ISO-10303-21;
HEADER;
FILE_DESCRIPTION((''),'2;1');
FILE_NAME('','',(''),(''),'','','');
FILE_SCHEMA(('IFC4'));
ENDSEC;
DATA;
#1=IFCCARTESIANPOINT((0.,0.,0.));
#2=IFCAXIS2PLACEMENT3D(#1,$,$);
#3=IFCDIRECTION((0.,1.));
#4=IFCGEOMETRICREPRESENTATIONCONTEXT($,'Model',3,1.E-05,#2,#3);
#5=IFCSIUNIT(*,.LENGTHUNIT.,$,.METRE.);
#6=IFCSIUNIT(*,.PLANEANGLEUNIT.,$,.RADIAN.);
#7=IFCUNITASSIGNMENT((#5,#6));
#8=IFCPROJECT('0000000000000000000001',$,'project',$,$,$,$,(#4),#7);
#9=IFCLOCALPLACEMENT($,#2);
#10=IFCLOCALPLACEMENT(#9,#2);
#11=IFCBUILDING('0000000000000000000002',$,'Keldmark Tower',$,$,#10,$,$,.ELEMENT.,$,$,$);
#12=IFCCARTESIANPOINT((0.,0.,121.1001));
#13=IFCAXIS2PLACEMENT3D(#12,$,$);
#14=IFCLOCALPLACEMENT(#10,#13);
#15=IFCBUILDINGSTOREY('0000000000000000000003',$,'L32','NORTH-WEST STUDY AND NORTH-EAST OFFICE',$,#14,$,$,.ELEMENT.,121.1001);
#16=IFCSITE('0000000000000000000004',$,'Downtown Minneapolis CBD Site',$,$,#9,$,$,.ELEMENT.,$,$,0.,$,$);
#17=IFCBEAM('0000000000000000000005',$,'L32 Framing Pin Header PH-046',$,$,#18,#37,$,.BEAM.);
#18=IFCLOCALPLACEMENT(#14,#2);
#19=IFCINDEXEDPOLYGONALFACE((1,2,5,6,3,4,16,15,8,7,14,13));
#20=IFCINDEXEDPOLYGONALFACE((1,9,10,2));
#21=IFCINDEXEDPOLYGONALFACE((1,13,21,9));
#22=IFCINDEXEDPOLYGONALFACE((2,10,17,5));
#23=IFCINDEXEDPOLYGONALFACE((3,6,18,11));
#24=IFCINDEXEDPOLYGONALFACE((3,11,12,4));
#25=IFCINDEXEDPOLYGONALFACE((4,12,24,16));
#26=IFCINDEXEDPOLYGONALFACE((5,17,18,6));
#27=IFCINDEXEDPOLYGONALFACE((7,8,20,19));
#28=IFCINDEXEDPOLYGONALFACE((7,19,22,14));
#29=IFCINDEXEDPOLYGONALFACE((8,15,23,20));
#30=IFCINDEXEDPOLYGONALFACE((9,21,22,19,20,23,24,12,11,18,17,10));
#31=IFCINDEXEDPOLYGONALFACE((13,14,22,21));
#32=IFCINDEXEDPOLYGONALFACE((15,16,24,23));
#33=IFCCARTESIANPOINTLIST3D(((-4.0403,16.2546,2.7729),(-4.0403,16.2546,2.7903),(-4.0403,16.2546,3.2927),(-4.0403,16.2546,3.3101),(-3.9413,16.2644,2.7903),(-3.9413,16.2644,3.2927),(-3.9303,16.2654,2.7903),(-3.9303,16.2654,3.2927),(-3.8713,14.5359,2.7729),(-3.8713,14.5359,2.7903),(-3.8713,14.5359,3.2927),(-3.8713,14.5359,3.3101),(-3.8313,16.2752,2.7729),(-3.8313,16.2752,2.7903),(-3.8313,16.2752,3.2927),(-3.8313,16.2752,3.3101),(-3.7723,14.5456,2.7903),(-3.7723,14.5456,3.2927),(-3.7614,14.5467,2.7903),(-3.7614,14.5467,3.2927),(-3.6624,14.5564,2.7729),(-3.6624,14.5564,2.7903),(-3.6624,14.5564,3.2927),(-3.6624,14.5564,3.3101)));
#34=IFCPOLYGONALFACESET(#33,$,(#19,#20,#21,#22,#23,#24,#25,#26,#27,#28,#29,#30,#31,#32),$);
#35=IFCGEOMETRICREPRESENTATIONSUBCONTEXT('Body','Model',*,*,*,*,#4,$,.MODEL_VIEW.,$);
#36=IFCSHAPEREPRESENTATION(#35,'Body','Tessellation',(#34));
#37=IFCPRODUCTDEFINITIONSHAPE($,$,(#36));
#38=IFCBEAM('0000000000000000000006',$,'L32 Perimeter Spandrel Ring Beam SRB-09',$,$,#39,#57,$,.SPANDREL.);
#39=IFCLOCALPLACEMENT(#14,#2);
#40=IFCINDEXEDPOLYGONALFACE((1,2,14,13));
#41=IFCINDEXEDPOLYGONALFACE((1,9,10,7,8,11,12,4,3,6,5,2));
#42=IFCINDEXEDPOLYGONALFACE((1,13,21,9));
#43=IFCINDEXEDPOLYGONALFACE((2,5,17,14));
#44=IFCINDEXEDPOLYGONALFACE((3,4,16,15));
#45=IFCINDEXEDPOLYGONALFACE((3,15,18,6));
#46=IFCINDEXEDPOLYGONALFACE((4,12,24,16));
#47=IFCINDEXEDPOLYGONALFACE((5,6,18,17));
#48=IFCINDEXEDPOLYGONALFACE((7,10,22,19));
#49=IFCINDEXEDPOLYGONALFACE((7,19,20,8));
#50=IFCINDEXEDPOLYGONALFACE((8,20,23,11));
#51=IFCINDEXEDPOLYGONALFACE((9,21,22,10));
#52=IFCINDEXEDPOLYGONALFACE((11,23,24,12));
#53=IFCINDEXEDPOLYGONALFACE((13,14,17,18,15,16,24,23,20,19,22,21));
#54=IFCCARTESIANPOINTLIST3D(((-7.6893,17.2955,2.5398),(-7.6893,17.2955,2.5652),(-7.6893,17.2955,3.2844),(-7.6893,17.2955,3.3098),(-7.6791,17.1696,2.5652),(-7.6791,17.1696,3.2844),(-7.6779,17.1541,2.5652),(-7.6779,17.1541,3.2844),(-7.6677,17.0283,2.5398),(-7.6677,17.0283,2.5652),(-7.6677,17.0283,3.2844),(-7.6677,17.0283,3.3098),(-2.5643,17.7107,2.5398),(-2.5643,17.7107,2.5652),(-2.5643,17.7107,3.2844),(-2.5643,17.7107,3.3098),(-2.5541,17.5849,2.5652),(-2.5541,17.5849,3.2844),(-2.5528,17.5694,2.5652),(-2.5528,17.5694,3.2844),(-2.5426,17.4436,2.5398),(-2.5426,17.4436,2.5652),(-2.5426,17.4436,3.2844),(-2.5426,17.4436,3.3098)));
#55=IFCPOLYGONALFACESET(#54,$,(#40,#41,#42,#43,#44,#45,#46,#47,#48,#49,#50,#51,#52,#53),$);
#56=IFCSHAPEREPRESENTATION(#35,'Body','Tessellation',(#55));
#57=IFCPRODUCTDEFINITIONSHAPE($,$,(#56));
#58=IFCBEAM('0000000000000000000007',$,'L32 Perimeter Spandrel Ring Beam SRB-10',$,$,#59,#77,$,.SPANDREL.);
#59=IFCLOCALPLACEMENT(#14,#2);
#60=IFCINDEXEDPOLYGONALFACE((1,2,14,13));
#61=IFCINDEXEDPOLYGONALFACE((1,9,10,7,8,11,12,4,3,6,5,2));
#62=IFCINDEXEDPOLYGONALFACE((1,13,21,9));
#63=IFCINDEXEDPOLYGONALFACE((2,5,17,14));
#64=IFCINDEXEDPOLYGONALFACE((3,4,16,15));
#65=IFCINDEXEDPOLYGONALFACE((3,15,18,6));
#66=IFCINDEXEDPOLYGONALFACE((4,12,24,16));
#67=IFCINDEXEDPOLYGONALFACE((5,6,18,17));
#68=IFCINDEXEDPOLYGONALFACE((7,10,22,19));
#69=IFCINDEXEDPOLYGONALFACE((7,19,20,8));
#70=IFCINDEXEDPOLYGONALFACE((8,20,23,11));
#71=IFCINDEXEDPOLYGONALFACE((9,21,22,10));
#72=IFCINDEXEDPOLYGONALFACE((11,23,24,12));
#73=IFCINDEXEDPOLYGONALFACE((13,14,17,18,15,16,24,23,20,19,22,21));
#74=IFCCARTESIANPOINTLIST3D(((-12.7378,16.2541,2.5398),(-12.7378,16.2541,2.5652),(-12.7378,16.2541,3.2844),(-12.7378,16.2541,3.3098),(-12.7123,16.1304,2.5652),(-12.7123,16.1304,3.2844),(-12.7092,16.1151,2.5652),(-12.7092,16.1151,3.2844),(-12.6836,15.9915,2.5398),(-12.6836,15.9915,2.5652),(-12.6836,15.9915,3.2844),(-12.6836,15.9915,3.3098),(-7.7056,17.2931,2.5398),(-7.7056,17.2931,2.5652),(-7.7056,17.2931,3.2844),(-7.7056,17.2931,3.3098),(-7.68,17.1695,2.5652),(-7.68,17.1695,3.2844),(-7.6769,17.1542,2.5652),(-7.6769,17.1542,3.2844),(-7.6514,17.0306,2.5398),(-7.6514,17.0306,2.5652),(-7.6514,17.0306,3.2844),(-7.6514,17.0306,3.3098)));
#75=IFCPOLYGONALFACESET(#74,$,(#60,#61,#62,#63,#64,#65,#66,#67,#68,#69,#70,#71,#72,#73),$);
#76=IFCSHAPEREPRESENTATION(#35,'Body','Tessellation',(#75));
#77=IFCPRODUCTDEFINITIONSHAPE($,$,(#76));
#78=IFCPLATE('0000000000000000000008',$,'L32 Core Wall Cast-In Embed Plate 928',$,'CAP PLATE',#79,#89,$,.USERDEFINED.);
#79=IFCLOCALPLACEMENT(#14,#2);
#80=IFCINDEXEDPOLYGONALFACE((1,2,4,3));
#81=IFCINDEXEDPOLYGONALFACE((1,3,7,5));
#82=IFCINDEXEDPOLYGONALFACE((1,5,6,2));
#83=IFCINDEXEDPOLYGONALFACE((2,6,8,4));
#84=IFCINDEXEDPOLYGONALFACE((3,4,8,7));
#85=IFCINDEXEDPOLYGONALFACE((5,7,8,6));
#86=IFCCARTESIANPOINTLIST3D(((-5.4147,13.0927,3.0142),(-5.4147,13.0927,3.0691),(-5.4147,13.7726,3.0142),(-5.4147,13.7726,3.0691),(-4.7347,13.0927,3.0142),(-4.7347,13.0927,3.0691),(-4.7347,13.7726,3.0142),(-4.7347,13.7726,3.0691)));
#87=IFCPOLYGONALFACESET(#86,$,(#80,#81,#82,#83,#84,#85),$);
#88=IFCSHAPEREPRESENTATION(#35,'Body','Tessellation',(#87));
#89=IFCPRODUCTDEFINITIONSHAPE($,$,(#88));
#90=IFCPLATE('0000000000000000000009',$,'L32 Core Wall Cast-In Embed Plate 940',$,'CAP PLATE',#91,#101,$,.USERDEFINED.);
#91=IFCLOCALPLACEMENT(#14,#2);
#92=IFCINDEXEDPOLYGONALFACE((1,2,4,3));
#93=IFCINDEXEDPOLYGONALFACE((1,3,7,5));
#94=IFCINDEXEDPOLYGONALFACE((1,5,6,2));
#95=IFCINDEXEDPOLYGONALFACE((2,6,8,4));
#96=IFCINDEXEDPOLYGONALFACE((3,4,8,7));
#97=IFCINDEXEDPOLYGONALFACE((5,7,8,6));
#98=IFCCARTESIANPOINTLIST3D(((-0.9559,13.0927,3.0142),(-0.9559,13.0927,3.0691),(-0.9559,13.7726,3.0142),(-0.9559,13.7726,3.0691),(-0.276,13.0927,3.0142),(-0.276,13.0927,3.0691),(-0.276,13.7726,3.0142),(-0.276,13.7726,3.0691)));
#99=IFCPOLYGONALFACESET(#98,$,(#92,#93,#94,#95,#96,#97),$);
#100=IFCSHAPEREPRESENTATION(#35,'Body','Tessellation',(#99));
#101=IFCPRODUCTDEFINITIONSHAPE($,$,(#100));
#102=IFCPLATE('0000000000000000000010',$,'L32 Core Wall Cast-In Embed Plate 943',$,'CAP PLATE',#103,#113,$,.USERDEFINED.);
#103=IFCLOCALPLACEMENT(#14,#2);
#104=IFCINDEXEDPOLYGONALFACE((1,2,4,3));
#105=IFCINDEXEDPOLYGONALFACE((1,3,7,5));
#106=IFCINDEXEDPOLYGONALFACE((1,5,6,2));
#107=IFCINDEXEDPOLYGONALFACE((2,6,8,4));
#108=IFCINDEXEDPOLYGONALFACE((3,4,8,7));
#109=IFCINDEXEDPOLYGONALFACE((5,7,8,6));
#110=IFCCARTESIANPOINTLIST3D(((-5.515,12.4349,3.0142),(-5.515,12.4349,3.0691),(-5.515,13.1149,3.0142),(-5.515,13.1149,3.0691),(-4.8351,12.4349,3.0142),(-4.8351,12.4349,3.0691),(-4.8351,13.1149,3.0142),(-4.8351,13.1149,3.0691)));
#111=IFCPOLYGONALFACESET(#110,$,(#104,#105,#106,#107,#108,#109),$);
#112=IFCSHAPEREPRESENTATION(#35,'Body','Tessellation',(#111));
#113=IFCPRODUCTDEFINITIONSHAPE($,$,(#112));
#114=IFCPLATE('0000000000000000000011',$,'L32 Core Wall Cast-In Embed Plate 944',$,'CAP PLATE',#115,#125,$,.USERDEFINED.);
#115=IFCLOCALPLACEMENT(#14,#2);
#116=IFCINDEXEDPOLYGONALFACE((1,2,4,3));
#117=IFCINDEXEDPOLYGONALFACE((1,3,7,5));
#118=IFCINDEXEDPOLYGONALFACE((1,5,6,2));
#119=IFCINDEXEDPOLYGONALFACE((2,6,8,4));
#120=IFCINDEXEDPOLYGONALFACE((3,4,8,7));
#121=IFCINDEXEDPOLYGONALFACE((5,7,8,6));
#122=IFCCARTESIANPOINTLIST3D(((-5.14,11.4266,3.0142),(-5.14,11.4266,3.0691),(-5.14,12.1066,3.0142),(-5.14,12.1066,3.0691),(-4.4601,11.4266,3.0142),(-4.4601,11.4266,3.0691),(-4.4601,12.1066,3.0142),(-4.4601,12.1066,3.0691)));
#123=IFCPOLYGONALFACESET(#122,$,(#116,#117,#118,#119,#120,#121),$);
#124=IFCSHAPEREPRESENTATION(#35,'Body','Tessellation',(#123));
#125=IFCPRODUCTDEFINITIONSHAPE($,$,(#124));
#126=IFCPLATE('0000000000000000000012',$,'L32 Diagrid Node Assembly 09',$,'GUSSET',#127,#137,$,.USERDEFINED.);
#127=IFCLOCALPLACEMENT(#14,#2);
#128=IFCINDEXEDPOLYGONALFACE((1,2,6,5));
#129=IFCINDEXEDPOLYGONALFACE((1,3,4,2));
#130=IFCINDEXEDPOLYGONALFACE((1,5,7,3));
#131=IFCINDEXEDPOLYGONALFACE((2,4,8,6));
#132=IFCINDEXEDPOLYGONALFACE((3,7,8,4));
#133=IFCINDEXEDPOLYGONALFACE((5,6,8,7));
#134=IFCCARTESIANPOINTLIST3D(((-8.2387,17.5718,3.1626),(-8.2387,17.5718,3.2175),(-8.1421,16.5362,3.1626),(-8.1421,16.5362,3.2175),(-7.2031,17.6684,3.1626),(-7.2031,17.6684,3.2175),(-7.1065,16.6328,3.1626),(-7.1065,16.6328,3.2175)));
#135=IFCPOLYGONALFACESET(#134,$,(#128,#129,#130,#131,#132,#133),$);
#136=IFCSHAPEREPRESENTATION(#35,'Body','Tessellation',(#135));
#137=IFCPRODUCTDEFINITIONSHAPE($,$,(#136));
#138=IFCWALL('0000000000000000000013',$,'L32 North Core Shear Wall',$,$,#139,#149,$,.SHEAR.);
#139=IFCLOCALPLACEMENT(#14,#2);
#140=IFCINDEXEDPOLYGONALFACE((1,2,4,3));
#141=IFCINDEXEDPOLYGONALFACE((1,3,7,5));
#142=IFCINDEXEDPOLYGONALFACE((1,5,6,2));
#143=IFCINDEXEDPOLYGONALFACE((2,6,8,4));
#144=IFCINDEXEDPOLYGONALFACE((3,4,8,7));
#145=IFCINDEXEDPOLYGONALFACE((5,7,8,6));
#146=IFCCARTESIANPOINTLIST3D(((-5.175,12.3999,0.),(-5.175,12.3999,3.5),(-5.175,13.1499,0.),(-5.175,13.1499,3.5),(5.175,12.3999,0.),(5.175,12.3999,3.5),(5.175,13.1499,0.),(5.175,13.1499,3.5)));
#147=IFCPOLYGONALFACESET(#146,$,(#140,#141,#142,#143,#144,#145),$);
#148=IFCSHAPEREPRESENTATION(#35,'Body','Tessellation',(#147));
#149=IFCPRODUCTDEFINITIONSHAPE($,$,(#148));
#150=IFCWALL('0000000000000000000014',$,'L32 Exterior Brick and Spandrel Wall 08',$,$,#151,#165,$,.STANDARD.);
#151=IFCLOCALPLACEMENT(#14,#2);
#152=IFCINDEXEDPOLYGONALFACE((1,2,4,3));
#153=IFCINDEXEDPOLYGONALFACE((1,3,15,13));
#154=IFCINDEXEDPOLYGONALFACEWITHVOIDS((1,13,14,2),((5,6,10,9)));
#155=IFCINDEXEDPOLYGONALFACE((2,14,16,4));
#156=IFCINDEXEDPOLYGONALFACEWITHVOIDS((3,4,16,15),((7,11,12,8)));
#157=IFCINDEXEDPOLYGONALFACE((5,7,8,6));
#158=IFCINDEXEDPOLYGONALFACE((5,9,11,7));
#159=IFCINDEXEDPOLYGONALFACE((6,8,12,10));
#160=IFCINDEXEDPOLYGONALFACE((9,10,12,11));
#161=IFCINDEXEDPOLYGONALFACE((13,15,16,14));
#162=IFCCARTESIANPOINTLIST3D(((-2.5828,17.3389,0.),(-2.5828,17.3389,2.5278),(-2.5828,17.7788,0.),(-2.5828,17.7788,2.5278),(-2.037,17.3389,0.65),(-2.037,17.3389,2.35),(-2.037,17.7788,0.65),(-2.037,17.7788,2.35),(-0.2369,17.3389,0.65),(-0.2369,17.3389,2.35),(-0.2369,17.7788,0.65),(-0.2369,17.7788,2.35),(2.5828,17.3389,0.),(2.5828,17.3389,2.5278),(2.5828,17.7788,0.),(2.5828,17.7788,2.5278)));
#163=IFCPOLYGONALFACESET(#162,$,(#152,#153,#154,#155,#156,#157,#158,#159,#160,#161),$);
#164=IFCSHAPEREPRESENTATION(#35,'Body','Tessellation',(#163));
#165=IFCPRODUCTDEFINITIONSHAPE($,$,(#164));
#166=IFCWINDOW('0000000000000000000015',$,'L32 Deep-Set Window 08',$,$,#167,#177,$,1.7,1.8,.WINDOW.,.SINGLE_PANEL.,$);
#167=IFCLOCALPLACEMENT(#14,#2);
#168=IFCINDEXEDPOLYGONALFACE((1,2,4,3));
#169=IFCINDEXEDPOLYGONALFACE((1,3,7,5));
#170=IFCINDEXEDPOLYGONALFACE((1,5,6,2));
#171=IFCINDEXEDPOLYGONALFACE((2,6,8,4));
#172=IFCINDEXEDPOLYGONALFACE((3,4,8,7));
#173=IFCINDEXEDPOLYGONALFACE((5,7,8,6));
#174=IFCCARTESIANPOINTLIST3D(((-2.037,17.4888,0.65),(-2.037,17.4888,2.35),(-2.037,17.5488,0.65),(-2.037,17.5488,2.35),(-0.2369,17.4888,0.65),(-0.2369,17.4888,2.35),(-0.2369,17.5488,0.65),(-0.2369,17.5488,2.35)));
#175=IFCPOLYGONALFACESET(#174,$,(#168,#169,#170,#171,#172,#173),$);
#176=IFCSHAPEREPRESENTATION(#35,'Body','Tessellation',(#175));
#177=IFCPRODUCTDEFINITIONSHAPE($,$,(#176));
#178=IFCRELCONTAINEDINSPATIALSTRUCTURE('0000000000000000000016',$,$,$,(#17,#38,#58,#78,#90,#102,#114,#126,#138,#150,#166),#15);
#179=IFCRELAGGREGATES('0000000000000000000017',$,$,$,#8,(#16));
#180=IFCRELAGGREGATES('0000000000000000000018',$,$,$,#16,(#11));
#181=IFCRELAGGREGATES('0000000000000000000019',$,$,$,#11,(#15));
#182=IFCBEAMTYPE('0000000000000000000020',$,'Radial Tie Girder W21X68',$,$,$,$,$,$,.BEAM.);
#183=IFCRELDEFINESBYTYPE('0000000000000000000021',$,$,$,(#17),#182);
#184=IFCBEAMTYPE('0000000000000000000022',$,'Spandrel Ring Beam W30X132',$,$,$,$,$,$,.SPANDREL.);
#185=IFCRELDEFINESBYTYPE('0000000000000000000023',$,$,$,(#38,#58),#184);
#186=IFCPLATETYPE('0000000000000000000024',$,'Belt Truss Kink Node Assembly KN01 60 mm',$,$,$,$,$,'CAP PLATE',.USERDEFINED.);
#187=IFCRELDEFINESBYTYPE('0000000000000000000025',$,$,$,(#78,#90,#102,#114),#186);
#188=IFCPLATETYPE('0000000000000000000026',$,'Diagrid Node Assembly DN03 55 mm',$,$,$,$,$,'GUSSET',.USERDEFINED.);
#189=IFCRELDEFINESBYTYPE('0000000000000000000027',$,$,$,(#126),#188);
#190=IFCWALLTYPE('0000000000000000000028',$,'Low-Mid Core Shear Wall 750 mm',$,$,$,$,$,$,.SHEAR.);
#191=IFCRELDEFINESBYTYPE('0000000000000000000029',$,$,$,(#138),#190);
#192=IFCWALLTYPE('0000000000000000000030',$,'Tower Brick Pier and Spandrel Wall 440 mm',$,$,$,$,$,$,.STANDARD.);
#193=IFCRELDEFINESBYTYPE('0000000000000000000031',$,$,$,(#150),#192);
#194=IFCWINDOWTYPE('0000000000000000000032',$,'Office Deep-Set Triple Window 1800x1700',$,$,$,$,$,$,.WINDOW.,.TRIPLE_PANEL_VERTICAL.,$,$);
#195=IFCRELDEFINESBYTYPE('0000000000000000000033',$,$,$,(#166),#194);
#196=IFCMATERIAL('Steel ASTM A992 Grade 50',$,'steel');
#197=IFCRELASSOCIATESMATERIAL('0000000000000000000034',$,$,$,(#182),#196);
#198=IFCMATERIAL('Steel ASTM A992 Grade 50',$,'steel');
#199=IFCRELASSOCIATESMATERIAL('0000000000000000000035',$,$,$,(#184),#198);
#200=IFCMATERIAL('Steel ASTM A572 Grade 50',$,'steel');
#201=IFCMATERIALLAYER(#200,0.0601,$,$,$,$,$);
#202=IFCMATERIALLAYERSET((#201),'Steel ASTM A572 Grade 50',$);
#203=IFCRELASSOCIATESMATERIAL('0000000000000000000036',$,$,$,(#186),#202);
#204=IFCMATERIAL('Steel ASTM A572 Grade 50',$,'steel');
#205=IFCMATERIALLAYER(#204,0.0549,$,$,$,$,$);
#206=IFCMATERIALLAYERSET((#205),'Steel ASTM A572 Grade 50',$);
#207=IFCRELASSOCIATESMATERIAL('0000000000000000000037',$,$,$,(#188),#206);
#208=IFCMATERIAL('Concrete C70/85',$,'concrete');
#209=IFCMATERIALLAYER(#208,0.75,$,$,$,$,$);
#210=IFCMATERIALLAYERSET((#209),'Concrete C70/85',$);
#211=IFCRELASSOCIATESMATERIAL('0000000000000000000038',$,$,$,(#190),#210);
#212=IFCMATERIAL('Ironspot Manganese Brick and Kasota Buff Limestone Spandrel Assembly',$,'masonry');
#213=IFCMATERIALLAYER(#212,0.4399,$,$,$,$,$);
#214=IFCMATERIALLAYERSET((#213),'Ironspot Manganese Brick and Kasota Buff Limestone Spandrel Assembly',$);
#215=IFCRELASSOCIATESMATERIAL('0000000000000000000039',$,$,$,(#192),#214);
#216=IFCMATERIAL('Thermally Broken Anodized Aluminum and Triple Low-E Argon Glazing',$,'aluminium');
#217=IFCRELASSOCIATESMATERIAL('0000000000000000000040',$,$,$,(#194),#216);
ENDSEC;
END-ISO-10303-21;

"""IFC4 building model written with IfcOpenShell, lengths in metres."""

from ifc_helpers import new_model, si_unit, direction, frame, frame_2d, origin, origin_2d, place, context, subcontext, project, spatial, rectangle, i_section, extrude, material, layer, layer_set, material_profile, profile_set, type_object, element, fill, save


model = new_model("IFC4")

# Units and contexts
model_context = context("Model", 3, precision=1e-05, world=origin(), true_north=direction((0.0, 1.0)))
body_context = subcontext(model_context, "Body", "Model", "MODEL_VIEW")
ifc_project = project(units=[si_unit("LENGTHUNIT", "METRE"), si_unit("PLANEANGLEUNIT", "RADIAN")], contexts=[model_context])

# Site, building, storey
site_placement = place(None, origin())
site = spatial("IfcSite", under=ifc_project, at=site_placement, Name="Downtown Minneapolis CBD Site", CompositionType="ELEMENT", RefElevation=0.0)
building_placement = place(site_placement, origin())
building = spatial("IfcBuilding", under=site, at=building_placement, Name="Keldmark Tower", CompositionType="ELEMENT")
storey_placement = place(building_placement, frame((0.0, 0.0, 121.1001)))
storey = spatial("IfcBuildingStorey", under=building, at=storey_placement, Name="L32", Description="NORTH-WEST STUDY AND NORTH-EAST OFFICE", CompositionType="ELEMENT", Elevation=121.1001)

# Beams
ifc_material_1 = material(Name="Steel ASTM A992 Grade 50", Category="steel")
ifc_material_profile_1 = material_profile(ifc_material_1, i_section(OverallWidth=0.21, OverallDepth=0.5371, WebThickness=0.011, FlangeThickness=0.0173, at=origin_2d()), Name="W21X68")
ifc_profile_set_1 = profile_set([ifc_material_profile_1], Name="Steel ASTM A992 Grade 50")
beam_type_1 = type_object("IfcBeamType", Name="Radial Tie Girder W21X68", PredefinedType="BEAM", material=ifc_profile_set_1)
beam_1_placement = place(storey_placement, frame((-3.7668, 14.5461, 3.0415), z_axis=(-0.097824, 0.995204, 0.0), x_axis=(-0.995204, -0.097824, 0.0)))
element("IfcBeam", 1, at=beam_1_placement, inside=storey, type_object=beam_type_1, Name="L32 Framing Pin Header PH-046", PredefinedType="BEAM", context=body_context, shape_type="SweptSolid", body=[
    extrude(i_section(OverallWidth=0.21, OverallDepth=0.5371, WebThickness=0.011, FlangeThickness=0.0173, at=origin_2d()), origin(), (0.0, 0.0, 1.0), 1.7271),
])
ifc_material_2 = material(Name="Steel ASTM A992 Grade 50", Category="steel")
ifc_material_profile_2 = material_profile(ifc_material_2, i_section(OverallWidth=0.2681, OverallDepth=0.77, WebThickness=0.0156, FlangeThickness=0.0254, at=origin_2d()), Name="W30X132")
ifc_profile_set_2 = profile_set([ifc_material_profile_2], Name="Steel ASTM A992 Grade 50")
beam_type_2 = type_object("IfcBeamType", Name="Spandrel Ring Beam W30X132", PredefinedType="SPANDREL", material=ifc_profile_set_2)
beam_2_placement = place(storey_placement, frame((-2.5535, 17.5771, 2.9248), z_axis=(-0.996733, -0.080766, 0.0), x_axis=(0.080766, -0.996733, 0.0)))
element("IfcBeam", 2, at=beam_2_placement, inside=storey, type_object=beam_type_2, Name="L32 Perimeter Spandrel Ring Beam SRB-09", PredefinedType="SPANDREL", context=body_context, shape_type="SweptSolid", body=[
    extrude(i_section(OverallWidth=0.2681, OverallDepth=0.77, WebThickness=0.0156, FlangeThickness=0.0254, at=origin_2d()), origin(), (0.0, 0.0, 1.0), 5.1418),
])
beam_3_placement = place(storey_placement, frame((-7.6785, 17.1619, 2.9248), z_axis=(-0.979341, -0.202216, 0.0), x_axis=(0.202216, -0.979341, 0.0)))
element("IfcBeam", 3, at=beam_3_placement, inside=storey, type_object=beam_type_2, Name="L32 Perimeter Spandrel Ring Beam SRB-10", PredefinedType="SPANDREL", context=body_context, shape_type="SweptSolid", body=[
    extrude(i_section(OverallWidth=0.2681, OverallDepth=0.77, WebThickness=0.0156, FlangeThickness=0.0254, at=origin_2d()), origin(), (0.0, 0.0, 1.0), 5.1384),
])

# Plates
ifc_material_3 = material(Name="Steel ASTM A572 Grade 50", Category="steel")
ifc_layer_1 = layer(ifc_material_3, 0.0601)
ifc_layer_set_1 = layer_set([ifc_layer_1], Name="Steel ASTM A572 Grade 50")
plate_type_1 = type_object("IfcPlateType", Name="Belt Truss Kink Node Assembly KN01 60 mm", ElementType="CAP PLATE", PredefinedType="USERDEFINED", material=ifc_layer_set_1)
for number, where, z_axis, x_axis, name in (
    (4, (-5.0747, 13.4326, 3.0142), (0.0, 0.0, 1.0), (1.0, 0.0, 0.0), "L32 Core Wall Cast-In Embed Plate 928"),
    (5, (-0.616, 13.4326, 3.0142), (0.0, 0.0, 1.0), (1.0, 0.0, 0.0), "L32 Core Wall Cast-In Embed Plate 940"),
    (6, (-5.175, 12.7749, 3.0142), (0.0, 0.0, 1.0), (1.0, 0.0, 0.0), "L32 Core Wall Cast-In Embed Plate 943"),
    (7, (-4.8, 11.7666, 3.0142), (0.0, 0.0, 1.0), (1.0, 0.0, 0.0), "L32 Core Wall Cast-In Embed Plate 944"),
):
    element("IfcPlate", number, at=place(storey_placement, frame(where, z_axis=z_axis, x_axis=x_axis)), inside=storey, type_object=plate_type_1, Name=name, ObjectType="CAP PLATE", PredefinedType="USERDEFINED", context=body_context, shape_type="SweptSolid", body=[
        extrude(rectangle(XDim=0.6799, YDim=0.6799, at=origin_2d()), origin(), (0.0, 0.0, 1.0), 0.0549),
    ])
ifc_material_4 = material(Name="Steel ASTM A572 Grade 50", Category="steel")
ifc_layer_2 = layer(ifc_material_4, 0.0549)
ifc_layer_set_2 = layer_set([ifc_layer_2], Name="Steel ASTM A572 Grade 50")
plate_type_2 = type_object("IfcPlateType", Name="Diagrid Node Assembly DN03 55 mm", ElementType="GUSSET", PredefinedType="USERDEFINED", material=ifc_layer_set_2)
plate_placement = place(storey_placement, frame((-7.6726, 17.1023, 3.1626), z_axis=(0.0, 0.0, 1.0), x_axis=(-0.995676, -0.092892, 0.0)))
element("IfcPlate", 8, at=plate_placement, inside=storey, type_object=plate_type_2, Name="L32 Diagrid Node Assembly 09", ObjectType="GUSSET", PredefinedType="USERDEFINED", context=body_context, shape_type="SweptSolid", body=[
    extrude(rectangle(XDim=1.04, YDim=1.04, at=origin_2d()), origin(), (0.0, 0.0, 1.0), 0.0549),
])

# Wall
ifc_material_5 = material(Name="Concrete C70/85", Category="concrete")
ifc_layer_3 = layer(ifc_material_5, 0.75)
ifc_layer_set_3 = layer_set([ifc_layer_3], Name="Concrete C70/85")
wall_type_1 = type_object("IfcWallType", Name="Low-Mid Core Shear Wall 750 mm", PredefinedType="SHEAR", material=ifc_layer_set_3)
wall_1_placement = place(storey_placement, frame((-5.175, 12.7749, 0.0), z_axis=(0.0, 0.0, 1.0), x_axis=(1.0, 0.0, 0.0)))
element("IfcWall", 9, at=wall_1_placement, inside=storey, type_object=wall_type_1, Name="L32 North Core Shear Wall", PredefinedType="SHEAR", context=body_context, shape_type="SweptSolid", body=[
    extrude(rectangle(XDim=10.3501, YDim=0.75, at=frame_2d((5.175, 0.0))), origin(), (0.0, 0.0, 1.0), 3.5),
])

# Wall, opening, window
ifc_material_6 = material(Name="Ironspot Manganese Brick and Kasota Buff Limestone Spandrel Assembly", Category="masonry")
ifc_layer_4 = layer(ifc_material_6, 0.4399)
ifc_layer_set_4 = layer_set([ifc_layer_4], Name="Ironspot Manganese Brick and Kasota Buff Limestone Spandrel Assembly")
wall_type_2 = type_object("IfcWallType", Name="Tower Brick Pier and Spandrel Wall 440 mm", PredefinedType="STANDARD", material=ifc_layer_set_4)
wall_2_placement = place(storey_placement, frame((-2.5828, 17.5588, 0.0), z_axis=(0.0, 0.0, 1.0), x_axis=(1.0, 0.0, 0.0)))
wall_2 = element("IfcWall", 10, at=wall_2_placement, inside=storey, type_object=wall_type_2, Name="L32 Exterior Brick and Spandrel Wall 08", PredefinedType="STANDARD", context=body_context, shape_type="SweptSolid", body=[
    extrude(rectangle(XDim=5.1655, YDim=0.4399, at=frame_2d((2.5828, 0.0))), origin(), (0.0, 0.0, 1.0), 2.5278),
])
opening_1_placement = place(wall_2_placement, frame((0.5459, 0.0, 0.6499)))
opening_1 = element("IfcOpeningElement", 11, at=opening_1_placement, cuts=wall_2, PredefinedType="OPENING", context=body_context, shape_type="SweptSolid", body=[
    extrude(rectangle(XDim=1.8, YDim=1.7, at=frame_2d((0.8999, 0.8501))), frame((0.0, 0.23, 0.0), z_axis=(0.0, -1.0, 0.0), x_axis=(1.0, 0.0, 0.0)), (0.0, 0.0, 1.0), 0.46),
])
ifc_material_7 = material(Name="Thermally Broken Anodized Aluminum and Triple Low-E Argon Glazing", Category="aluminium")
window_type = type_object("IfcWindowType", Name="Office Deep-Set Triple Window 1800x1700", PartitioningType="TRIPLE_PANEL_VERTICAL", PredefinedType="WINDOW", material=ifc_material_7)
window_1_placement = place(opening_1_placement, origin())
window_1 = element("IfcWindow", 12, at=window_1_placement, inside=storey, type_object=window_type, Name="L32 Deep-Set Window 08", OverallHeight=1.7, OverallWidth=1.8, PartitioningType="SINGLE_PANEL", PredefinedType="WINDOW", context=body_context, shape_type="SweptSolid", body=[
    extrude(rectangle(XDim=1.8, YDim=1.7, at=frame_2d((0.8999, 0.8501))), frame((0.0, -0.01, 0.0), z_axis=(0.0, -1.0, 0.0), x_axis=(1.0, 0.0, 0.0)), (0.0, 0.0, 1.0), 0.0601),
])
fill(opening_1, window_1)

save(model, "model.ifc")
